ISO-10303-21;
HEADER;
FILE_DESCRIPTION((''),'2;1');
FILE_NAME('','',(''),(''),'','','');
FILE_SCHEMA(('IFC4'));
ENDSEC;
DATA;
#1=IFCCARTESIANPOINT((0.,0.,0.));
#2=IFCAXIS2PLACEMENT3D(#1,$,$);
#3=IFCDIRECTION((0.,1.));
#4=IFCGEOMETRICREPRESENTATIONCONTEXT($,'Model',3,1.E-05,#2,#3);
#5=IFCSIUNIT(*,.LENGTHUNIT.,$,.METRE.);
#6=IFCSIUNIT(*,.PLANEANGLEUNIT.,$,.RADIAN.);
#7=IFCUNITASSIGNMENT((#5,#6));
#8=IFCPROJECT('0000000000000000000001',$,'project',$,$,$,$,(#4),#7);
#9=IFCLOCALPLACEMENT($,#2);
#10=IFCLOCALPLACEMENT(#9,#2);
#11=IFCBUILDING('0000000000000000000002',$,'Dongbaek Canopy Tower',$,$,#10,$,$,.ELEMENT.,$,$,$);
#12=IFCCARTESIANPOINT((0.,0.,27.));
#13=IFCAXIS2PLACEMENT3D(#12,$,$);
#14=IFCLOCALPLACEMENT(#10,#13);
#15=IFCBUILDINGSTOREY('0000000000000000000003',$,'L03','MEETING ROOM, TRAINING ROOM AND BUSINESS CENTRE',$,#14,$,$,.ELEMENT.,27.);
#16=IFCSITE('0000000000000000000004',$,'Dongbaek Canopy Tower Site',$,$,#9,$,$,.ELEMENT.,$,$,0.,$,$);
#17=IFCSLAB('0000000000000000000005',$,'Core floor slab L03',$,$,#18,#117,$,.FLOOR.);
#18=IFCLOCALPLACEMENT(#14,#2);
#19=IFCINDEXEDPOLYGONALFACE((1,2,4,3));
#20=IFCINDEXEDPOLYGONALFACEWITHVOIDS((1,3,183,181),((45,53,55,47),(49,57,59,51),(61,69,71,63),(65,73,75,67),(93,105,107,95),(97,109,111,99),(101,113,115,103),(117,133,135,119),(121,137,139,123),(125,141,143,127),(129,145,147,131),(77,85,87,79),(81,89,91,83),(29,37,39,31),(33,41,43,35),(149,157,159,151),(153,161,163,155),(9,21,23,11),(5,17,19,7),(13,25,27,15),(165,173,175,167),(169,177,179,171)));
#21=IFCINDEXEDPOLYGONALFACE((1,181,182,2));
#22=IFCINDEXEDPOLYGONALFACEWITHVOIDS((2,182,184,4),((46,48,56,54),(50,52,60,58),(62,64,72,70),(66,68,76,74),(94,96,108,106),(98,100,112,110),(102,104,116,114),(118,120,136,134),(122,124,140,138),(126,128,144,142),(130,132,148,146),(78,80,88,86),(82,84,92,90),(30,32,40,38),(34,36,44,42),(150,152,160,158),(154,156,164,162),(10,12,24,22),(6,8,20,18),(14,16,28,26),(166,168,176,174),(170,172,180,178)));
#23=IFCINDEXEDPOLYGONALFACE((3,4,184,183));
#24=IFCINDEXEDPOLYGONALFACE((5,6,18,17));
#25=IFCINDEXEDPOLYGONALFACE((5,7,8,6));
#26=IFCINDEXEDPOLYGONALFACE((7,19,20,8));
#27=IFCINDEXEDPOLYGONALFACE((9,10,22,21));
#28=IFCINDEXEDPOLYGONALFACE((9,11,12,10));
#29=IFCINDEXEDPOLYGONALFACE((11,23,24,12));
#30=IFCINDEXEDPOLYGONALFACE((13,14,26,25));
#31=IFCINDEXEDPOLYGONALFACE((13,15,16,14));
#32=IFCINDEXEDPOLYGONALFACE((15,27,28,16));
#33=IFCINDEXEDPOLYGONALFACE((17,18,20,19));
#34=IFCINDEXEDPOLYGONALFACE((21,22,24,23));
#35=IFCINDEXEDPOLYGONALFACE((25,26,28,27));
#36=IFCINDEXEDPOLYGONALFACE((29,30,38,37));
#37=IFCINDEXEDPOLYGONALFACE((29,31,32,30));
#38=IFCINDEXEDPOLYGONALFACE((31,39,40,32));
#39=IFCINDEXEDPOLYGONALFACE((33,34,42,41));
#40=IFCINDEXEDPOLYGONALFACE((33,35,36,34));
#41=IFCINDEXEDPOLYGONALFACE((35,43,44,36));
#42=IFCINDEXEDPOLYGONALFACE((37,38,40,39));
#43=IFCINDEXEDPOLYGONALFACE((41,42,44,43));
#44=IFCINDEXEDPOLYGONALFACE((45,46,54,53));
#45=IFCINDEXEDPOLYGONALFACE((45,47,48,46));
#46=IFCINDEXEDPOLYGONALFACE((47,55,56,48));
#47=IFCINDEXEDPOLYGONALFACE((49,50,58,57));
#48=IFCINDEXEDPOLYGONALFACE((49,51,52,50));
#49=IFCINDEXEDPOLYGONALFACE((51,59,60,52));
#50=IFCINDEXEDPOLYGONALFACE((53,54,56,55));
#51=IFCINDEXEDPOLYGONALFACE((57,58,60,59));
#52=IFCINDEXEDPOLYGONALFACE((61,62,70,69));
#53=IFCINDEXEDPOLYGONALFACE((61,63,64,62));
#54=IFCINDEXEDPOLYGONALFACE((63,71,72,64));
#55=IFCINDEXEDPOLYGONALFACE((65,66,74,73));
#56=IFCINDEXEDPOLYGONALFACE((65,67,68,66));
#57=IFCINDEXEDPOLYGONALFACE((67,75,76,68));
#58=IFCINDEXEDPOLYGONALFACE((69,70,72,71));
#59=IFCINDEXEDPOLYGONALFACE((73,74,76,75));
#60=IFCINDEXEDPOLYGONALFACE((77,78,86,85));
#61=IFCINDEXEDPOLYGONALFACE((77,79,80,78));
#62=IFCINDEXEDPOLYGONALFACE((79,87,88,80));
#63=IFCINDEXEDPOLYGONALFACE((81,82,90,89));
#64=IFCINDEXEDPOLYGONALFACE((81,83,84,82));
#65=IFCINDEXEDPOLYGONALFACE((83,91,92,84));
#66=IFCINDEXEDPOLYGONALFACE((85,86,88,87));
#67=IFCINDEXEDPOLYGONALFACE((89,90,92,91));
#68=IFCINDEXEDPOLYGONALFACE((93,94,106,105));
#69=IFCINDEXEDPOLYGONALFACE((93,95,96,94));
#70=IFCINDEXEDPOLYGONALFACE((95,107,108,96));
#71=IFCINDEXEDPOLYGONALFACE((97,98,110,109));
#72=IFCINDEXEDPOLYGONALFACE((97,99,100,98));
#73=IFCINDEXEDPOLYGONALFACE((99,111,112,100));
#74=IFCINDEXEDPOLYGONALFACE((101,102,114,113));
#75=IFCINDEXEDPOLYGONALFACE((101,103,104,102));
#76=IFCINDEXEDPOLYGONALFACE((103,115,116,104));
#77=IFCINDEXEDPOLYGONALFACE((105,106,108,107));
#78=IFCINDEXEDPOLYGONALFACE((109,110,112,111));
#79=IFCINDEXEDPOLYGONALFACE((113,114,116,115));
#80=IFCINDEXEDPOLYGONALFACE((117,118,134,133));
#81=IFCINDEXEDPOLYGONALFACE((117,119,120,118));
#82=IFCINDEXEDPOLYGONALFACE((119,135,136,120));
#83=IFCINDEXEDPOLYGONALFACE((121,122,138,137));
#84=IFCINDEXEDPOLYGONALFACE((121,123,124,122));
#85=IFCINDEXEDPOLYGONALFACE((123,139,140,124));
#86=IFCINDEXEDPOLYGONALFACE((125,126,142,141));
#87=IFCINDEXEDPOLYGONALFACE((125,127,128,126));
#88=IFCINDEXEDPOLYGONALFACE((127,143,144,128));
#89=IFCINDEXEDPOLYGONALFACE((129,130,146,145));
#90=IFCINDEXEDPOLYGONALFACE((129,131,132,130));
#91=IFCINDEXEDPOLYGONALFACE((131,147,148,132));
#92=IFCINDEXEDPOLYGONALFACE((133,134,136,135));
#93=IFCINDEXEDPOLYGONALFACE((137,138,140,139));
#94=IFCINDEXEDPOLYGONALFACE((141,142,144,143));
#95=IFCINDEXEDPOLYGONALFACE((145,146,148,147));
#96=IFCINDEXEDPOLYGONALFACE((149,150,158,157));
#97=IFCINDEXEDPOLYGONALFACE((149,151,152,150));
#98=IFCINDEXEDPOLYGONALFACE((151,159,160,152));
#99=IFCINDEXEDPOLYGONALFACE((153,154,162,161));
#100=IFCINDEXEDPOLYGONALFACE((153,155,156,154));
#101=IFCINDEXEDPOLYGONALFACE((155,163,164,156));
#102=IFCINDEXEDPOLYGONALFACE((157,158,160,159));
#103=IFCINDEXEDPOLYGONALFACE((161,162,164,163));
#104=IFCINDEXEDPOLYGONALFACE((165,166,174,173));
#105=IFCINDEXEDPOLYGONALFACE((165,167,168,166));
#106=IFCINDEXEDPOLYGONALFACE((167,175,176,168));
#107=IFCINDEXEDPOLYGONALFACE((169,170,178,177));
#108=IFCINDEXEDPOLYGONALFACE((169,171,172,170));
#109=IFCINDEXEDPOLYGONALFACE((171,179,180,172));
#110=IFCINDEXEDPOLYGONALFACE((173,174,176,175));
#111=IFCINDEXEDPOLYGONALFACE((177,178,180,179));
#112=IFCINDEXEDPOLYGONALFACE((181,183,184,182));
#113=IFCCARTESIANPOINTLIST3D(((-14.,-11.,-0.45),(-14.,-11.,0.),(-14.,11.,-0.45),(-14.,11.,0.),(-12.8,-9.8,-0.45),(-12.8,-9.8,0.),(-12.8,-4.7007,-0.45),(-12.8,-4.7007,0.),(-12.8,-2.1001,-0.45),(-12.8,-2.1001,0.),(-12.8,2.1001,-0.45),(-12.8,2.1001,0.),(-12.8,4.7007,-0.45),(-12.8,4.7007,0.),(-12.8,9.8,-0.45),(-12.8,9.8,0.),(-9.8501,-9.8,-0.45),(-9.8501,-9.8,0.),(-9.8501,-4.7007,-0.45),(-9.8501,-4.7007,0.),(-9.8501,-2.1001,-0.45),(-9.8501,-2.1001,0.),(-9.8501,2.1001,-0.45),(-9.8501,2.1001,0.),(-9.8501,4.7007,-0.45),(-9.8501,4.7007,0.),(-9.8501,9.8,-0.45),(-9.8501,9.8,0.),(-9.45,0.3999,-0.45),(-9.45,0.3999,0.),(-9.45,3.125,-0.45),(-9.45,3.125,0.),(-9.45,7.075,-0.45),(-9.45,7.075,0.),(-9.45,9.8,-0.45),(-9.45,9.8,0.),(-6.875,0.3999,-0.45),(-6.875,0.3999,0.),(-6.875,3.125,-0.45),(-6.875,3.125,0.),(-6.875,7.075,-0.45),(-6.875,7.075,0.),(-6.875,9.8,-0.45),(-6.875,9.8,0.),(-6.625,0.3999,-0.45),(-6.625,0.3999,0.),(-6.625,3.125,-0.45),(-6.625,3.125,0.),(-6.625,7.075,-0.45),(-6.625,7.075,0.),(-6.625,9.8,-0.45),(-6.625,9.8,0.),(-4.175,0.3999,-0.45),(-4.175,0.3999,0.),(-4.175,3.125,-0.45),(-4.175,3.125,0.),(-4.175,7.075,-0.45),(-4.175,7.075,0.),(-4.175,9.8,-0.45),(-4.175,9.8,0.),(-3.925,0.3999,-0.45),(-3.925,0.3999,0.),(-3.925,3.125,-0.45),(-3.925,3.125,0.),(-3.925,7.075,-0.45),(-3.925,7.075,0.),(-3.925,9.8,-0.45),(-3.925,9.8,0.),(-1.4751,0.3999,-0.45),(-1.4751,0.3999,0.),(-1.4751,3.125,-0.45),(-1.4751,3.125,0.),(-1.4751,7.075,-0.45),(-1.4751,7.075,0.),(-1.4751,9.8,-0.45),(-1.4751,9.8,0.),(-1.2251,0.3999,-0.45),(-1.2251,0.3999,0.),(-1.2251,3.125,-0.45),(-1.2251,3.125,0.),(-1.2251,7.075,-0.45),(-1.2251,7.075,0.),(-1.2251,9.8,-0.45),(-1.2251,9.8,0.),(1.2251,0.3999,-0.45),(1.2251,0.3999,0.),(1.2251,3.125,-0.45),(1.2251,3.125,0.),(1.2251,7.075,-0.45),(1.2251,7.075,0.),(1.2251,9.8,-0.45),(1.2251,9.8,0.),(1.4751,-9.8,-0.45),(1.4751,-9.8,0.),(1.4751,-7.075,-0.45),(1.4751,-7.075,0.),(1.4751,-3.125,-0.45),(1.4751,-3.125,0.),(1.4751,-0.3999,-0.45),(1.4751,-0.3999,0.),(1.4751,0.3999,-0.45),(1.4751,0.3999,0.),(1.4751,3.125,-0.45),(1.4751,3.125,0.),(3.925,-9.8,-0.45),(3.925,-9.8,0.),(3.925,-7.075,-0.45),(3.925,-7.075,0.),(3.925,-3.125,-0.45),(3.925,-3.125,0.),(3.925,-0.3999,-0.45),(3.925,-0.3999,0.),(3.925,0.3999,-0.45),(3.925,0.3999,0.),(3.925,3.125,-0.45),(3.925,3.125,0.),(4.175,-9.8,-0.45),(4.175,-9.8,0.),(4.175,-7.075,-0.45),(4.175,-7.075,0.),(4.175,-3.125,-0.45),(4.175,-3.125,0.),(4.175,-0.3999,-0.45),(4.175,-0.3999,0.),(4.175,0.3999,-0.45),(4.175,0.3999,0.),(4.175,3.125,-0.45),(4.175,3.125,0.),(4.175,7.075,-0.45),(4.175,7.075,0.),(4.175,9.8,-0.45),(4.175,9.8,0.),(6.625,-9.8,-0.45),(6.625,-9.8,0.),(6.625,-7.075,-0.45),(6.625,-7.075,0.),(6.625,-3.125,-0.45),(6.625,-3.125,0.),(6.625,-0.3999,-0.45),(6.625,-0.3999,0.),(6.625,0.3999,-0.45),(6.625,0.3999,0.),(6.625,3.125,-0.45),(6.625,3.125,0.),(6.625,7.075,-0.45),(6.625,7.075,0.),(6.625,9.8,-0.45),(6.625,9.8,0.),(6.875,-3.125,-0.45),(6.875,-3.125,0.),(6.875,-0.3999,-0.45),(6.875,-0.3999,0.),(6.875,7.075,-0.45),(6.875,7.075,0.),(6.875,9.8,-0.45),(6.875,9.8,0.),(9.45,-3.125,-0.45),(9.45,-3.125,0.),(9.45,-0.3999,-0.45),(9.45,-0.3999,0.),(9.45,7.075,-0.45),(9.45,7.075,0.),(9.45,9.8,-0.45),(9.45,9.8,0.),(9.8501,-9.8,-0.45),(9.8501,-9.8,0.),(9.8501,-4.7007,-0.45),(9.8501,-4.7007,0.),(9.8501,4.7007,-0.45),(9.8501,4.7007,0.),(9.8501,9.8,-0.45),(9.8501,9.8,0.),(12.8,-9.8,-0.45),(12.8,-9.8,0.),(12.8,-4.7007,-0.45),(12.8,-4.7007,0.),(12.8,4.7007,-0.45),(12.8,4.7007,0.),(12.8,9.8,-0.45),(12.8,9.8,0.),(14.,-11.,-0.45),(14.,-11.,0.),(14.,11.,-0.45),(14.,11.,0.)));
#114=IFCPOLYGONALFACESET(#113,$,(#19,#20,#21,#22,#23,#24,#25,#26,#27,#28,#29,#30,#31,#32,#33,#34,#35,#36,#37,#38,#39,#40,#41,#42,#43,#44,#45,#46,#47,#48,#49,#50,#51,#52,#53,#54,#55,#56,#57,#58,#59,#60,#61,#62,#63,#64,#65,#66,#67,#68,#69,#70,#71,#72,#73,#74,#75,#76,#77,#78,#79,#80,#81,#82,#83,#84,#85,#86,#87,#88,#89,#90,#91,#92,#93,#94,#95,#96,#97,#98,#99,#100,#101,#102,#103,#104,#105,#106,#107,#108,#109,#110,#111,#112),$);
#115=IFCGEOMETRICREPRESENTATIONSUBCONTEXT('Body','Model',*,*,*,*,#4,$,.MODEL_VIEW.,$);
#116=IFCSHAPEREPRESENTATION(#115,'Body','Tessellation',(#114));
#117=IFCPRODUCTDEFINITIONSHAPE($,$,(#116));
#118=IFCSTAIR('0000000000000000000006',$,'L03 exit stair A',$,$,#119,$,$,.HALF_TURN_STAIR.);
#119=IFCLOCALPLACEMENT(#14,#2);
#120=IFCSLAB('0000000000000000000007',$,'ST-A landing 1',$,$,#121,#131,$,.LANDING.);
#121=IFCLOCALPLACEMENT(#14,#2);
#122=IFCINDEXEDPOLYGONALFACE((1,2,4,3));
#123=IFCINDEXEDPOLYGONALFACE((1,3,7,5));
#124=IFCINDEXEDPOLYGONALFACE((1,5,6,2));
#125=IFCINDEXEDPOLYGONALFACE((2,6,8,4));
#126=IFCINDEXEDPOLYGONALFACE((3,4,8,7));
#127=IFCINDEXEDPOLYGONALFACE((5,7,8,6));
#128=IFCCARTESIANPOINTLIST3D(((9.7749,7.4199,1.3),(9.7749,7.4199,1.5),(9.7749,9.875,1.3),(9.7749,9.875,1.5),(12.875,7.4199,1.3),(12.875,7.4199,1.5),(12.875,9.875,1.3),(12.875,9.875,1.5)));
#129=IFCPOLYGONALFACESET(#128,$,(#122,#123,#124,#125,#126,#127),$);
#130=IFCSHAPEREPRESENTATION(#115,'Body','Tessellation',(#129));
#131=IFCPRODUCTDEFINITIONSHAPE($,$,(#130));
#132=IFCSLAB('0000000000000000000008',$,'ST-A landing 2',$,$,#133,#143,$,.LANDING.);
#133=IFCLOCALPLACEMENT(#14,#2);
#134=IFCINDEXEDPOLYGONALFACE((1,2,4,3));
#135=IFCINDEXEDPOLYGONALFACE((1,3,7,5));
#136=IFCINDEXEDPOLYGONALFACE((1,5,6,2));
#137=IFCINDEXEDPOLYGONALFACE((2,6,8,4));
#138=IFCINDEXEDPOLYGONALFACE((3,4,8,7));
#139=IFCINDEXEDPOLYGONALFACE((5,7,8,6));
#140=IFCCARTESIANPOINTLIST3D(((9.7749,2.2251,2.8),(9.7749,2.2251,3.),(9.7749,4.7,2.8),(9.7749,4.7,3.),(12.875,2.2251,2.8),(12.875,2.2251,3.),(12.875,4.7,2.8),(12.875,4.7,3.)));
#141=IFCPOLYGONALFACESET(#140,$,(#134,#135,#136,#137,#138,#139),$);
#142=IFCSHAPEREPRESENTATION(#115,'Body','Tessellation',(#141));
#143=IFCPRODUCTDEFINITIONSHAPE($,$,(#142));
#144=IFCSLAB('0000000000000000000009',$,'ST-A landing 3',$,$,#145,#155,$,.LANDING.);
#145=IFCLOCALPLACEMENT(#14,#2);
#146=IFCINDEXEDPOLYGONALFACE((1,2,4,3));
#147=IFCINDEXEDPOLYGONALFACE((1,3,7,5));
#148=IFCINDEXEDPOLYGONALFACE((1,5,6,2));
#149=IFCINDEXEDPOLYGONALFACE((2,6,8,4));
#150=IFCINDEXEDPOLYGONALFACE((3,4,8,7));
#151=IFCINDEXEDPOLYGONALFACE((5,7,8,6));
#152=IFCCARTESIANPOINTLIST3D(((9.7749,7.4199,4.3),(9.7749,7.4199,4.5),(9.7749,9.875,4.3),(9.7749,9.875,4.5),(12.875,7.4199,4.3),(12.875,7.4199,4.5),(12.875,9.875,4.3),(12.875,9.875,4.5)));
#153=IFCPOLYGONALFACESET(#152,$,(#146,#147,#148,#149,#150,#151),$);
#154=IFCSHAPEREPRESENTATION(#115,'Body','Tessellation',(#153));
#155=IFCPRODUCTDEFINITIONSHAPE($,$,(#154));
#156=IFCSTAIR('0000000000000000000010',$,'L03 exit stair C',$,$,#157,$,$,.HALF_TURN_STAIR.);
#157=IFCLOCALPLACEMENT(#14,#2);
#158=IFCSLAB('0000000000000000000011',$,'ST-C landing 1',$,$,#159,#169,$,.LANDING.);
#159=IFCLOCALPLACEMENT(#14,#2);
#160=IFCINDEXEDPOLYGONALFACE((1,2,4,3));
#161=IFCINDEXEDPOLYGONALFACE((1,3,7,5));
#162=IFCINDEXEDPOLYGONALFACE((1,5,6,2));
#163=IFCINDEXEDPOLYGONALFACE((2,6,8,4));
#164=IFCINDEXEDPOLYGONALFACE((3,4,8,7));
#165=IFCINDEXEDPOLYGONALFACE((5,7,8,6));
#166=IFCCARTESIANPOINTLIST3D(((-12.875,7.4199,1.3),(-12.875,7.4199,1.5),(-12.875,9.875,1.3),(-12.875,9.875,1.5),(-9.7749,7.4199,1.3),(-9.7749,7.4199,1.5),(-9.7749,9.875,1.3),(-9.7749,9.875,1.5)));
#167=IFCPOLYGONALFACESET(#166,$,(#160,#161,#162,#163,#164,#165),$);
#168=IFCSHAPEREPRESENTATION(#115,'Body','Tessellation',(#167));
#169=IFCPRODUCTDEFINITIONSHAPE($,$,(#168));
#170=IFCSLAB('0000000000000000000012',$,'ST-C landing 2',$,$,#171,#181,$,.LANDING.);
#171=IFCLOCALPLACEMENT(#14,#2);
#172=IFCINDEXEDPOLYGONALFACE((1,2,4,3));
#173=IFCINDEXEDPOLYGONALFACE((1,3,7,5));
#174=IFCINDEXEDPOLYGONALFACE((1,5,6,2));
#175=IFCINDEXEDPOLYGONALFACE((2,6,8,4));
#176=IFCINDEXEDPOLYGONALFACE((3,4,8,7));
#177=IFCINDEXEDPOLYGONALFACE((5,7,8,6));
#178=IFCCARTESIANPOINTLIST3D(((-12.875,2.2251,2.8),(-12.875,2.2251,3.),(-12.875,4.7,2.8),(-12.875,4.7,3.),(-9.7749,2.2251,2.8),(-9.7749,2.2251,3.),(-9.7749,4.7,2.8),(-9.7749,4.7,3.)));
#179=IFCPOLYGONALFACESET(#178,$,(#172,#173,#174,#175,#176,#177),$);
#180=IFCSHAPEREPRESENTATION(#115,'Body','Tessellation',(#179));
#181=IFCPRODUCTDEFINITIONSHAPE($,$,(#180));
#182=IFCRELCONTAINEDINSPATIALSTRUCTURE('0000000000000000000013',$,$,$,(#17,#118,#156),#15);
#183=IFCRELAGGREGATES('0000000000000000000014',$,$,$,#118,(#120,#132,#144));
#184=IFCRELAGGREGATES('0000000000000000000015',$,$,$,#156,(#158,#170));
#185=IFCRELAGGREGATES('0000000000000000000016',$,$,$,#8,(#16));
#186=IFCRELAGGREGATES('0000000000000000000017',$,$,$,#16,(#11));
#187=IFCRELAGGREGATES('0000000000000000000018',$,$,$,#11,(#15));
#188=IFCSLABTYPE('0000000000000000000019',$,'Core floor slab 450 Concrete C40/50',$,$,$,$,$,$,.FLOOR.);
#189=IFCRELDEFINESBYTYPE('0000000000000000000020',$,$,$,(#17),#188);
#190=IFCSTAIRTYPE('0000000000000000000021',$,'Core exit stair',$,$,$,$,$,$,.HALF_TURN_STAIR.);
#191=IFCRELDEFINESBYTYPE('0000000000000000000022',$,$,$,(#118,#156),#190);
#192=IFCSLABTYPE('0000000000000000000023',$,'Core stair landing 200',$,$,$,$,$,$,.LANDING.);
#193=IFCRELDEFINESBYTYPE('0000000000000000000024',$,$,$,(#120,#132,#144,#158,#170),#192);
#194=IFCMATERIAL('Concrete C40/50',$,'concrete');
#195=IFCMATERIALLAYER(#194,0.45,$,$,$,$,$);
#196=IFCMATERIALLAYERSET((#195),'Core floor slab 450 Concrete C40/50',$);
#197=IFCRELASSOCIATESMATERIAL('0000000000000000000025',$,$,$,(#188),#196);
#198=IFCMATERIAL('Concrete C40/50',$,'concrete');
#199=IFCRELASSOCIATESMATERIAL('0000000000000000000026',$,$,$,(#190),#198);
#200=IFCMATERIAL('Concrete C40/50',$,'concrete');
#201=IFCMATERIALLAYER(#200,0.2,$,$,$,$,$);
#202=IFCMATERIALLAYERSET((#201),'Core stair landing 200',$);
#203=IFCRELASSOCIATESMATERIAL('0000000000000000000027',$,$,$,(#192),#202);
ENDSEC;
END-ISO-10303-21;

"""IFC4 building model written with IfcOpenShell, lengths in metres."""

from ifc_helpers import new_model, si_unit, direction, frame, origin, place, context, subcontext, project, spatial, polyline, outline, extrude, material, layer, layer_set, type_object, element, aggregate, save


model = new_model("IFC4")

# Units and contexts
model_context = context("Model", 3, precision=1e-05, world=origin(), true_north=direction((0.0, 1.0)))
body_context = subcontext(model_context, "Body", "Model", "MODEL_VIEW")
ifc_project = project(units=[si_unit("LENGTHUNIT", "METRE"), si_unit("PLANEANGLEUNIT", "RADIAN")], contexts=[model_context])

# Site, building, storey
site_placement = place(None, origin())
site = spatial("IfcSite", under=ifc_project, at=site_placement, Name="Dongbaek Canopy Tower Site", CompositionType="ELEMENT", RefElevation=0.0)
building_placement = place(site_placement, origin())
building = spatial("IfcBuilding", under=site, at=building_placement, Name="Dongbaek Canopy Tower", CompositionType="ELEMENT")
storey_placement = place(building_placement, frame((0.0, 0.0, 27.0)))
storey = spatial("IfcBuildingStorey", under=building, at=storey_placement, Name="L03", Description="MEETING ROOM, TRAINING ROOM AND BUSINESS CENTRE", CompositionType="ELEMENT", Elevation=27.0)

# Slab
ifc_material_1 = material(Name="Concrete C40/50", Category="concrete")
ifc_layer_1 = layer(ifc_material_1, 0.45)
ifc_layer_set_1 = layer_set([ifc_layer_1], Name="Core floor slab 450 Concrete C40/50")
slab_type_1 = type_object("IfcSlabType", Name="Core floor slab 450 Concrete C40/50", PredefinedType="FLOOR", material=ifc_layer_set_1)
slab_1_placement = place(storey_placement, frame((0.0, 0.0, -0.45)))
element("IfcSlab", 1, at=slab_1_placement, inside=storey, type_object=slab_type_1, Name="Core floor slab L03", PredefinedType="FLOOR", context=body_context, shape_type="SweptSolid", body=[
    extrude(outline(polyline([(14.0, -11.0), (14.0, 11.0), (-14.0, 11.0), (-14.0, -11.0), (14.0, -11.0)]), holes=[polyline([(-12.8, 2.1001), (-9.8501, 2.1001), (-9.8501, -2.1001), (-12.8, -2.1001), (-12.8, 2.1001)]), polyline([(-6.875, 9.8), (-6.875, 7.075), (-9.45, 7.075), (-9.45, 9.8), (-6.875, 9.8)]), polyline([(-4.175, 9.8), (-4.175, 7.075), (-6.625, 7.075), (-6.625, 9.8), (-4.175, 9.8)]), polyline([(-1.4751, 9.8), (-1.4751, 7.075), (-3.925, 7.075), (-3.925, 9.8), (-1.4751, 9.8)]), polyline([(1.2251, 9.8), (1.2251, 7.075), (-1.2251, 7.075), (-1.2251, 9.8), (1.2251, 9.8)]), polyline([(6.625, 9.8), (6.625, 7.075), (4.175, 7.075), (4.175, 9.8), (6.625, 9.8)]), polyline([(9.45, 7.075), (6.875, 7.075), (6.875, 9.8), (9.45, 9.8), (9.45, 7.075)]), polyline([(-9.45, 3.125), (-6.875, 3.125), (-6.875, 0.3999), (-9.45, 0.3999), (-9.45, 3.125)]), polyline([(-6.625, 3.125), (-4.175, 3.125), (-4.175, 0.3999), (-6.625, 0.3999), (-6.625, 3.125)]), polyline([(-3.925, 3.125), (-1.4751, 3.125), (-1.4751, 0.3999), (-3.925, 0.3999), (-3.925, 3.125)]), polyline([(-1.2251, 3.125), (1.2251, 3.125), (1.2251, 0.3999), (-1.2251, 0.3999), (-1.2251, 3.125)]), polyline([(1.4751, 3.125), (3.925, 3.125), (3.925, 0.3999), (1.4751, 0.3999), (1.4751, 3.125)]), polyline([(4.175, 3.125), (6.625, 3.125), (6.625, 0.3999), (4.175, 0.3999), (4.175, 3.125)]), polyline([(1.4751, -0.3999), (3.925, -0.3999), (3.925, -3.125), (1.4751, -3.125), (1.4751, -0.3999)]), polyline([(4.175, -3.125), (4.175, -0.3999), (6.625, -0.3999), (6.625, -3.125), (4.175, -3.125)]), polyline([(9.45, -3.125), (6.875, -3.125), (6.875, -0.3999), (9.45, -0.3999), (9.45, -3.125)]), polyline([(1.4751, -9.8), (1.4751, -7.075), (3.925, -7.075), (3.925, -9.8), (1.4751, -9.8)]), polyline([(4.175, -9.8), (4.175, -7.075), (6.625, -7.075), (6.625, -9.8), (4.175, -9.8)]), polyline([(12.8, 4.7007), (12.8, 9.8), (9.8501, 9.8), (9.8501, 4.7007), (12.8, 4.7007)]), polyline([(-9.8501, 4.7007), (-9.8501, 9.8), (-12.8, 9.8), (-12.8, 4.7007), (-9.8501, 4.7007)]), polyline([(9.8501, -4.7007), (9.8501, -9.8), (12.8, -9.8), (12.8, -4.7007), (9.8501, -4.7007)]), polyline([(-12.8, -4.7007), (-12.8, -9.8), (-9.8501, -9.8), (-9.8501, -4.7007), (-12.8, -4.7007)])]), origin(), (0.0, 0.0, 1.0), 0.45),
])

# Stairs, slabs
ifc_material_2 = material(Name="Concrete C40/50", Category="concrete")
stair_type = type_object("IfcStairType", Name="Core exit stair", PredefinedType="HALF_TURN_STAIR", material=ifc_material_2)
stair_1_placement = place(storey_placement, origin())
stair_1 = element("IfcStair", 2, at=stair_1_placement, inside=storey, type_object=stair_type, Name="L03 exit stair A", PredefinedType="HALF_TURN_STAIR")
ifc_material_3 = material(Name="Concrete C40/50", Category="concrete")
ifc_layer_2 = layer(ifc_material_3, 0.2)
ifc_layer_set_2 = layer_set([ifc_layer_2], Name="Core stair landing 200")
slab_type_2 = type_object("IfcSlabType", Name="Core stair landing 200", PredefinedType="LANDING", material=ifc_layer_set_2)
slab_2_placement = place(storey_placement, frame((0.0, 0.0, 1.3)))
slab_2 = element("IfcSlab", 3, at=slab_2_placement, type_object=slab_type_2, Name="ST-A landing 1", PredefinedType="LANDING", context=body_context, shape_type="SweptSolid", body=[
    extrude(outline(polyline([(12.875, 7.4199), (12.875, 9.875), (9.7749, 9.875), (9.7749, 7.4199), (12.875, 7.4199)])), origin(), (0.0, 0.0, 1.0), 0.2),
])
slab_3_placement = place(storey_placement, frame((0.0, 0.0, 2.8)))
slab_3 = element("IfcSlab", 4, at=slab_3_placement, type_object=slab_type_2, Name="ST-A landing 2", PredefinedType="LANDING", context=body_context, shape_type="SweptSolid", body=[
    extrude(outline(polyline([(12.875, 2.2251), (12.875, 4.7), (9.7749, 4.7), (9.7749, 2.2251), (12.875, 2.2251)])), origin(), (0.0, 0.0, 1.0), 0.2),
])
slab_4_placement = place(storey_placement, frame((0.0, 0.0, 4.3)))
slab_4 = element("IfcSlab", 5, at=slab_4_placement, type_object=slab_type_2, Name="ST-A landing 3", PredefinedType="LANDING", context=body_context, shape_type="SweptSolid", body=[
    extrude(outline(polyline([(12.875, 7.4199), (12.875, 9.875), (9.7749, 9.875), (9.7749, 7.4199), (12.875, 7.4199)])), origin(), (0.0, 0.0, 1.0), 0.2),
])
aggregate(stair_1, [slab_2, slab_3, slab_4])
stair_2_placement = place(storey_placement, origin())
stair_2 = element("IfcStair", 6, at=stair_2_placement, inside=storey, type_object=stair_type, Name="L03 exit stair C", PredefinedType="HALF_TURN_STAIR")
slab_5_placement = place(storey_placement, frame((0.0, 0.0, 1.3)))
slab_5 = element("IfcSlab", 7, at=slab_5_placement, type_object=slab_type_2, Name="ST-C landing 1", PredefinedType="LANDING", context=body_context, shape_type="SweptSolid", body=[
    extrude(outline(polyline([(-9.7749, 7.4199), (-9.7749, 9.875), (-12.875, 9.875), (-12.875, 7.4199), (-9.7749, 7.4199)])), origin(), (0.0, 0.0, 1.0), 0.2),
])
slab_6_placement = place(storey_placement, frame((0.0, 0.0, 2.8)))
slab_6 = element("IfcSlab", 8, at=slab_6_placement, type_object=slab_type_2, Name="ST-C landing 2", PredefinedType="LANDING", context=body_context, shape_type="SweptSolid", body=[
    extrude(outline(polyline([(-9.7749, 2.2251), (-9.7749, 4.7), (-12.875, 4.7), (-12.875, 2.2251), (-9.7749, 2.2251)])), origin(), (0.0, 0.0, 1.0), 0.2),
])
aggregate(stair_2, [slab_5, slab_6])

save(model, "model.ifc")
